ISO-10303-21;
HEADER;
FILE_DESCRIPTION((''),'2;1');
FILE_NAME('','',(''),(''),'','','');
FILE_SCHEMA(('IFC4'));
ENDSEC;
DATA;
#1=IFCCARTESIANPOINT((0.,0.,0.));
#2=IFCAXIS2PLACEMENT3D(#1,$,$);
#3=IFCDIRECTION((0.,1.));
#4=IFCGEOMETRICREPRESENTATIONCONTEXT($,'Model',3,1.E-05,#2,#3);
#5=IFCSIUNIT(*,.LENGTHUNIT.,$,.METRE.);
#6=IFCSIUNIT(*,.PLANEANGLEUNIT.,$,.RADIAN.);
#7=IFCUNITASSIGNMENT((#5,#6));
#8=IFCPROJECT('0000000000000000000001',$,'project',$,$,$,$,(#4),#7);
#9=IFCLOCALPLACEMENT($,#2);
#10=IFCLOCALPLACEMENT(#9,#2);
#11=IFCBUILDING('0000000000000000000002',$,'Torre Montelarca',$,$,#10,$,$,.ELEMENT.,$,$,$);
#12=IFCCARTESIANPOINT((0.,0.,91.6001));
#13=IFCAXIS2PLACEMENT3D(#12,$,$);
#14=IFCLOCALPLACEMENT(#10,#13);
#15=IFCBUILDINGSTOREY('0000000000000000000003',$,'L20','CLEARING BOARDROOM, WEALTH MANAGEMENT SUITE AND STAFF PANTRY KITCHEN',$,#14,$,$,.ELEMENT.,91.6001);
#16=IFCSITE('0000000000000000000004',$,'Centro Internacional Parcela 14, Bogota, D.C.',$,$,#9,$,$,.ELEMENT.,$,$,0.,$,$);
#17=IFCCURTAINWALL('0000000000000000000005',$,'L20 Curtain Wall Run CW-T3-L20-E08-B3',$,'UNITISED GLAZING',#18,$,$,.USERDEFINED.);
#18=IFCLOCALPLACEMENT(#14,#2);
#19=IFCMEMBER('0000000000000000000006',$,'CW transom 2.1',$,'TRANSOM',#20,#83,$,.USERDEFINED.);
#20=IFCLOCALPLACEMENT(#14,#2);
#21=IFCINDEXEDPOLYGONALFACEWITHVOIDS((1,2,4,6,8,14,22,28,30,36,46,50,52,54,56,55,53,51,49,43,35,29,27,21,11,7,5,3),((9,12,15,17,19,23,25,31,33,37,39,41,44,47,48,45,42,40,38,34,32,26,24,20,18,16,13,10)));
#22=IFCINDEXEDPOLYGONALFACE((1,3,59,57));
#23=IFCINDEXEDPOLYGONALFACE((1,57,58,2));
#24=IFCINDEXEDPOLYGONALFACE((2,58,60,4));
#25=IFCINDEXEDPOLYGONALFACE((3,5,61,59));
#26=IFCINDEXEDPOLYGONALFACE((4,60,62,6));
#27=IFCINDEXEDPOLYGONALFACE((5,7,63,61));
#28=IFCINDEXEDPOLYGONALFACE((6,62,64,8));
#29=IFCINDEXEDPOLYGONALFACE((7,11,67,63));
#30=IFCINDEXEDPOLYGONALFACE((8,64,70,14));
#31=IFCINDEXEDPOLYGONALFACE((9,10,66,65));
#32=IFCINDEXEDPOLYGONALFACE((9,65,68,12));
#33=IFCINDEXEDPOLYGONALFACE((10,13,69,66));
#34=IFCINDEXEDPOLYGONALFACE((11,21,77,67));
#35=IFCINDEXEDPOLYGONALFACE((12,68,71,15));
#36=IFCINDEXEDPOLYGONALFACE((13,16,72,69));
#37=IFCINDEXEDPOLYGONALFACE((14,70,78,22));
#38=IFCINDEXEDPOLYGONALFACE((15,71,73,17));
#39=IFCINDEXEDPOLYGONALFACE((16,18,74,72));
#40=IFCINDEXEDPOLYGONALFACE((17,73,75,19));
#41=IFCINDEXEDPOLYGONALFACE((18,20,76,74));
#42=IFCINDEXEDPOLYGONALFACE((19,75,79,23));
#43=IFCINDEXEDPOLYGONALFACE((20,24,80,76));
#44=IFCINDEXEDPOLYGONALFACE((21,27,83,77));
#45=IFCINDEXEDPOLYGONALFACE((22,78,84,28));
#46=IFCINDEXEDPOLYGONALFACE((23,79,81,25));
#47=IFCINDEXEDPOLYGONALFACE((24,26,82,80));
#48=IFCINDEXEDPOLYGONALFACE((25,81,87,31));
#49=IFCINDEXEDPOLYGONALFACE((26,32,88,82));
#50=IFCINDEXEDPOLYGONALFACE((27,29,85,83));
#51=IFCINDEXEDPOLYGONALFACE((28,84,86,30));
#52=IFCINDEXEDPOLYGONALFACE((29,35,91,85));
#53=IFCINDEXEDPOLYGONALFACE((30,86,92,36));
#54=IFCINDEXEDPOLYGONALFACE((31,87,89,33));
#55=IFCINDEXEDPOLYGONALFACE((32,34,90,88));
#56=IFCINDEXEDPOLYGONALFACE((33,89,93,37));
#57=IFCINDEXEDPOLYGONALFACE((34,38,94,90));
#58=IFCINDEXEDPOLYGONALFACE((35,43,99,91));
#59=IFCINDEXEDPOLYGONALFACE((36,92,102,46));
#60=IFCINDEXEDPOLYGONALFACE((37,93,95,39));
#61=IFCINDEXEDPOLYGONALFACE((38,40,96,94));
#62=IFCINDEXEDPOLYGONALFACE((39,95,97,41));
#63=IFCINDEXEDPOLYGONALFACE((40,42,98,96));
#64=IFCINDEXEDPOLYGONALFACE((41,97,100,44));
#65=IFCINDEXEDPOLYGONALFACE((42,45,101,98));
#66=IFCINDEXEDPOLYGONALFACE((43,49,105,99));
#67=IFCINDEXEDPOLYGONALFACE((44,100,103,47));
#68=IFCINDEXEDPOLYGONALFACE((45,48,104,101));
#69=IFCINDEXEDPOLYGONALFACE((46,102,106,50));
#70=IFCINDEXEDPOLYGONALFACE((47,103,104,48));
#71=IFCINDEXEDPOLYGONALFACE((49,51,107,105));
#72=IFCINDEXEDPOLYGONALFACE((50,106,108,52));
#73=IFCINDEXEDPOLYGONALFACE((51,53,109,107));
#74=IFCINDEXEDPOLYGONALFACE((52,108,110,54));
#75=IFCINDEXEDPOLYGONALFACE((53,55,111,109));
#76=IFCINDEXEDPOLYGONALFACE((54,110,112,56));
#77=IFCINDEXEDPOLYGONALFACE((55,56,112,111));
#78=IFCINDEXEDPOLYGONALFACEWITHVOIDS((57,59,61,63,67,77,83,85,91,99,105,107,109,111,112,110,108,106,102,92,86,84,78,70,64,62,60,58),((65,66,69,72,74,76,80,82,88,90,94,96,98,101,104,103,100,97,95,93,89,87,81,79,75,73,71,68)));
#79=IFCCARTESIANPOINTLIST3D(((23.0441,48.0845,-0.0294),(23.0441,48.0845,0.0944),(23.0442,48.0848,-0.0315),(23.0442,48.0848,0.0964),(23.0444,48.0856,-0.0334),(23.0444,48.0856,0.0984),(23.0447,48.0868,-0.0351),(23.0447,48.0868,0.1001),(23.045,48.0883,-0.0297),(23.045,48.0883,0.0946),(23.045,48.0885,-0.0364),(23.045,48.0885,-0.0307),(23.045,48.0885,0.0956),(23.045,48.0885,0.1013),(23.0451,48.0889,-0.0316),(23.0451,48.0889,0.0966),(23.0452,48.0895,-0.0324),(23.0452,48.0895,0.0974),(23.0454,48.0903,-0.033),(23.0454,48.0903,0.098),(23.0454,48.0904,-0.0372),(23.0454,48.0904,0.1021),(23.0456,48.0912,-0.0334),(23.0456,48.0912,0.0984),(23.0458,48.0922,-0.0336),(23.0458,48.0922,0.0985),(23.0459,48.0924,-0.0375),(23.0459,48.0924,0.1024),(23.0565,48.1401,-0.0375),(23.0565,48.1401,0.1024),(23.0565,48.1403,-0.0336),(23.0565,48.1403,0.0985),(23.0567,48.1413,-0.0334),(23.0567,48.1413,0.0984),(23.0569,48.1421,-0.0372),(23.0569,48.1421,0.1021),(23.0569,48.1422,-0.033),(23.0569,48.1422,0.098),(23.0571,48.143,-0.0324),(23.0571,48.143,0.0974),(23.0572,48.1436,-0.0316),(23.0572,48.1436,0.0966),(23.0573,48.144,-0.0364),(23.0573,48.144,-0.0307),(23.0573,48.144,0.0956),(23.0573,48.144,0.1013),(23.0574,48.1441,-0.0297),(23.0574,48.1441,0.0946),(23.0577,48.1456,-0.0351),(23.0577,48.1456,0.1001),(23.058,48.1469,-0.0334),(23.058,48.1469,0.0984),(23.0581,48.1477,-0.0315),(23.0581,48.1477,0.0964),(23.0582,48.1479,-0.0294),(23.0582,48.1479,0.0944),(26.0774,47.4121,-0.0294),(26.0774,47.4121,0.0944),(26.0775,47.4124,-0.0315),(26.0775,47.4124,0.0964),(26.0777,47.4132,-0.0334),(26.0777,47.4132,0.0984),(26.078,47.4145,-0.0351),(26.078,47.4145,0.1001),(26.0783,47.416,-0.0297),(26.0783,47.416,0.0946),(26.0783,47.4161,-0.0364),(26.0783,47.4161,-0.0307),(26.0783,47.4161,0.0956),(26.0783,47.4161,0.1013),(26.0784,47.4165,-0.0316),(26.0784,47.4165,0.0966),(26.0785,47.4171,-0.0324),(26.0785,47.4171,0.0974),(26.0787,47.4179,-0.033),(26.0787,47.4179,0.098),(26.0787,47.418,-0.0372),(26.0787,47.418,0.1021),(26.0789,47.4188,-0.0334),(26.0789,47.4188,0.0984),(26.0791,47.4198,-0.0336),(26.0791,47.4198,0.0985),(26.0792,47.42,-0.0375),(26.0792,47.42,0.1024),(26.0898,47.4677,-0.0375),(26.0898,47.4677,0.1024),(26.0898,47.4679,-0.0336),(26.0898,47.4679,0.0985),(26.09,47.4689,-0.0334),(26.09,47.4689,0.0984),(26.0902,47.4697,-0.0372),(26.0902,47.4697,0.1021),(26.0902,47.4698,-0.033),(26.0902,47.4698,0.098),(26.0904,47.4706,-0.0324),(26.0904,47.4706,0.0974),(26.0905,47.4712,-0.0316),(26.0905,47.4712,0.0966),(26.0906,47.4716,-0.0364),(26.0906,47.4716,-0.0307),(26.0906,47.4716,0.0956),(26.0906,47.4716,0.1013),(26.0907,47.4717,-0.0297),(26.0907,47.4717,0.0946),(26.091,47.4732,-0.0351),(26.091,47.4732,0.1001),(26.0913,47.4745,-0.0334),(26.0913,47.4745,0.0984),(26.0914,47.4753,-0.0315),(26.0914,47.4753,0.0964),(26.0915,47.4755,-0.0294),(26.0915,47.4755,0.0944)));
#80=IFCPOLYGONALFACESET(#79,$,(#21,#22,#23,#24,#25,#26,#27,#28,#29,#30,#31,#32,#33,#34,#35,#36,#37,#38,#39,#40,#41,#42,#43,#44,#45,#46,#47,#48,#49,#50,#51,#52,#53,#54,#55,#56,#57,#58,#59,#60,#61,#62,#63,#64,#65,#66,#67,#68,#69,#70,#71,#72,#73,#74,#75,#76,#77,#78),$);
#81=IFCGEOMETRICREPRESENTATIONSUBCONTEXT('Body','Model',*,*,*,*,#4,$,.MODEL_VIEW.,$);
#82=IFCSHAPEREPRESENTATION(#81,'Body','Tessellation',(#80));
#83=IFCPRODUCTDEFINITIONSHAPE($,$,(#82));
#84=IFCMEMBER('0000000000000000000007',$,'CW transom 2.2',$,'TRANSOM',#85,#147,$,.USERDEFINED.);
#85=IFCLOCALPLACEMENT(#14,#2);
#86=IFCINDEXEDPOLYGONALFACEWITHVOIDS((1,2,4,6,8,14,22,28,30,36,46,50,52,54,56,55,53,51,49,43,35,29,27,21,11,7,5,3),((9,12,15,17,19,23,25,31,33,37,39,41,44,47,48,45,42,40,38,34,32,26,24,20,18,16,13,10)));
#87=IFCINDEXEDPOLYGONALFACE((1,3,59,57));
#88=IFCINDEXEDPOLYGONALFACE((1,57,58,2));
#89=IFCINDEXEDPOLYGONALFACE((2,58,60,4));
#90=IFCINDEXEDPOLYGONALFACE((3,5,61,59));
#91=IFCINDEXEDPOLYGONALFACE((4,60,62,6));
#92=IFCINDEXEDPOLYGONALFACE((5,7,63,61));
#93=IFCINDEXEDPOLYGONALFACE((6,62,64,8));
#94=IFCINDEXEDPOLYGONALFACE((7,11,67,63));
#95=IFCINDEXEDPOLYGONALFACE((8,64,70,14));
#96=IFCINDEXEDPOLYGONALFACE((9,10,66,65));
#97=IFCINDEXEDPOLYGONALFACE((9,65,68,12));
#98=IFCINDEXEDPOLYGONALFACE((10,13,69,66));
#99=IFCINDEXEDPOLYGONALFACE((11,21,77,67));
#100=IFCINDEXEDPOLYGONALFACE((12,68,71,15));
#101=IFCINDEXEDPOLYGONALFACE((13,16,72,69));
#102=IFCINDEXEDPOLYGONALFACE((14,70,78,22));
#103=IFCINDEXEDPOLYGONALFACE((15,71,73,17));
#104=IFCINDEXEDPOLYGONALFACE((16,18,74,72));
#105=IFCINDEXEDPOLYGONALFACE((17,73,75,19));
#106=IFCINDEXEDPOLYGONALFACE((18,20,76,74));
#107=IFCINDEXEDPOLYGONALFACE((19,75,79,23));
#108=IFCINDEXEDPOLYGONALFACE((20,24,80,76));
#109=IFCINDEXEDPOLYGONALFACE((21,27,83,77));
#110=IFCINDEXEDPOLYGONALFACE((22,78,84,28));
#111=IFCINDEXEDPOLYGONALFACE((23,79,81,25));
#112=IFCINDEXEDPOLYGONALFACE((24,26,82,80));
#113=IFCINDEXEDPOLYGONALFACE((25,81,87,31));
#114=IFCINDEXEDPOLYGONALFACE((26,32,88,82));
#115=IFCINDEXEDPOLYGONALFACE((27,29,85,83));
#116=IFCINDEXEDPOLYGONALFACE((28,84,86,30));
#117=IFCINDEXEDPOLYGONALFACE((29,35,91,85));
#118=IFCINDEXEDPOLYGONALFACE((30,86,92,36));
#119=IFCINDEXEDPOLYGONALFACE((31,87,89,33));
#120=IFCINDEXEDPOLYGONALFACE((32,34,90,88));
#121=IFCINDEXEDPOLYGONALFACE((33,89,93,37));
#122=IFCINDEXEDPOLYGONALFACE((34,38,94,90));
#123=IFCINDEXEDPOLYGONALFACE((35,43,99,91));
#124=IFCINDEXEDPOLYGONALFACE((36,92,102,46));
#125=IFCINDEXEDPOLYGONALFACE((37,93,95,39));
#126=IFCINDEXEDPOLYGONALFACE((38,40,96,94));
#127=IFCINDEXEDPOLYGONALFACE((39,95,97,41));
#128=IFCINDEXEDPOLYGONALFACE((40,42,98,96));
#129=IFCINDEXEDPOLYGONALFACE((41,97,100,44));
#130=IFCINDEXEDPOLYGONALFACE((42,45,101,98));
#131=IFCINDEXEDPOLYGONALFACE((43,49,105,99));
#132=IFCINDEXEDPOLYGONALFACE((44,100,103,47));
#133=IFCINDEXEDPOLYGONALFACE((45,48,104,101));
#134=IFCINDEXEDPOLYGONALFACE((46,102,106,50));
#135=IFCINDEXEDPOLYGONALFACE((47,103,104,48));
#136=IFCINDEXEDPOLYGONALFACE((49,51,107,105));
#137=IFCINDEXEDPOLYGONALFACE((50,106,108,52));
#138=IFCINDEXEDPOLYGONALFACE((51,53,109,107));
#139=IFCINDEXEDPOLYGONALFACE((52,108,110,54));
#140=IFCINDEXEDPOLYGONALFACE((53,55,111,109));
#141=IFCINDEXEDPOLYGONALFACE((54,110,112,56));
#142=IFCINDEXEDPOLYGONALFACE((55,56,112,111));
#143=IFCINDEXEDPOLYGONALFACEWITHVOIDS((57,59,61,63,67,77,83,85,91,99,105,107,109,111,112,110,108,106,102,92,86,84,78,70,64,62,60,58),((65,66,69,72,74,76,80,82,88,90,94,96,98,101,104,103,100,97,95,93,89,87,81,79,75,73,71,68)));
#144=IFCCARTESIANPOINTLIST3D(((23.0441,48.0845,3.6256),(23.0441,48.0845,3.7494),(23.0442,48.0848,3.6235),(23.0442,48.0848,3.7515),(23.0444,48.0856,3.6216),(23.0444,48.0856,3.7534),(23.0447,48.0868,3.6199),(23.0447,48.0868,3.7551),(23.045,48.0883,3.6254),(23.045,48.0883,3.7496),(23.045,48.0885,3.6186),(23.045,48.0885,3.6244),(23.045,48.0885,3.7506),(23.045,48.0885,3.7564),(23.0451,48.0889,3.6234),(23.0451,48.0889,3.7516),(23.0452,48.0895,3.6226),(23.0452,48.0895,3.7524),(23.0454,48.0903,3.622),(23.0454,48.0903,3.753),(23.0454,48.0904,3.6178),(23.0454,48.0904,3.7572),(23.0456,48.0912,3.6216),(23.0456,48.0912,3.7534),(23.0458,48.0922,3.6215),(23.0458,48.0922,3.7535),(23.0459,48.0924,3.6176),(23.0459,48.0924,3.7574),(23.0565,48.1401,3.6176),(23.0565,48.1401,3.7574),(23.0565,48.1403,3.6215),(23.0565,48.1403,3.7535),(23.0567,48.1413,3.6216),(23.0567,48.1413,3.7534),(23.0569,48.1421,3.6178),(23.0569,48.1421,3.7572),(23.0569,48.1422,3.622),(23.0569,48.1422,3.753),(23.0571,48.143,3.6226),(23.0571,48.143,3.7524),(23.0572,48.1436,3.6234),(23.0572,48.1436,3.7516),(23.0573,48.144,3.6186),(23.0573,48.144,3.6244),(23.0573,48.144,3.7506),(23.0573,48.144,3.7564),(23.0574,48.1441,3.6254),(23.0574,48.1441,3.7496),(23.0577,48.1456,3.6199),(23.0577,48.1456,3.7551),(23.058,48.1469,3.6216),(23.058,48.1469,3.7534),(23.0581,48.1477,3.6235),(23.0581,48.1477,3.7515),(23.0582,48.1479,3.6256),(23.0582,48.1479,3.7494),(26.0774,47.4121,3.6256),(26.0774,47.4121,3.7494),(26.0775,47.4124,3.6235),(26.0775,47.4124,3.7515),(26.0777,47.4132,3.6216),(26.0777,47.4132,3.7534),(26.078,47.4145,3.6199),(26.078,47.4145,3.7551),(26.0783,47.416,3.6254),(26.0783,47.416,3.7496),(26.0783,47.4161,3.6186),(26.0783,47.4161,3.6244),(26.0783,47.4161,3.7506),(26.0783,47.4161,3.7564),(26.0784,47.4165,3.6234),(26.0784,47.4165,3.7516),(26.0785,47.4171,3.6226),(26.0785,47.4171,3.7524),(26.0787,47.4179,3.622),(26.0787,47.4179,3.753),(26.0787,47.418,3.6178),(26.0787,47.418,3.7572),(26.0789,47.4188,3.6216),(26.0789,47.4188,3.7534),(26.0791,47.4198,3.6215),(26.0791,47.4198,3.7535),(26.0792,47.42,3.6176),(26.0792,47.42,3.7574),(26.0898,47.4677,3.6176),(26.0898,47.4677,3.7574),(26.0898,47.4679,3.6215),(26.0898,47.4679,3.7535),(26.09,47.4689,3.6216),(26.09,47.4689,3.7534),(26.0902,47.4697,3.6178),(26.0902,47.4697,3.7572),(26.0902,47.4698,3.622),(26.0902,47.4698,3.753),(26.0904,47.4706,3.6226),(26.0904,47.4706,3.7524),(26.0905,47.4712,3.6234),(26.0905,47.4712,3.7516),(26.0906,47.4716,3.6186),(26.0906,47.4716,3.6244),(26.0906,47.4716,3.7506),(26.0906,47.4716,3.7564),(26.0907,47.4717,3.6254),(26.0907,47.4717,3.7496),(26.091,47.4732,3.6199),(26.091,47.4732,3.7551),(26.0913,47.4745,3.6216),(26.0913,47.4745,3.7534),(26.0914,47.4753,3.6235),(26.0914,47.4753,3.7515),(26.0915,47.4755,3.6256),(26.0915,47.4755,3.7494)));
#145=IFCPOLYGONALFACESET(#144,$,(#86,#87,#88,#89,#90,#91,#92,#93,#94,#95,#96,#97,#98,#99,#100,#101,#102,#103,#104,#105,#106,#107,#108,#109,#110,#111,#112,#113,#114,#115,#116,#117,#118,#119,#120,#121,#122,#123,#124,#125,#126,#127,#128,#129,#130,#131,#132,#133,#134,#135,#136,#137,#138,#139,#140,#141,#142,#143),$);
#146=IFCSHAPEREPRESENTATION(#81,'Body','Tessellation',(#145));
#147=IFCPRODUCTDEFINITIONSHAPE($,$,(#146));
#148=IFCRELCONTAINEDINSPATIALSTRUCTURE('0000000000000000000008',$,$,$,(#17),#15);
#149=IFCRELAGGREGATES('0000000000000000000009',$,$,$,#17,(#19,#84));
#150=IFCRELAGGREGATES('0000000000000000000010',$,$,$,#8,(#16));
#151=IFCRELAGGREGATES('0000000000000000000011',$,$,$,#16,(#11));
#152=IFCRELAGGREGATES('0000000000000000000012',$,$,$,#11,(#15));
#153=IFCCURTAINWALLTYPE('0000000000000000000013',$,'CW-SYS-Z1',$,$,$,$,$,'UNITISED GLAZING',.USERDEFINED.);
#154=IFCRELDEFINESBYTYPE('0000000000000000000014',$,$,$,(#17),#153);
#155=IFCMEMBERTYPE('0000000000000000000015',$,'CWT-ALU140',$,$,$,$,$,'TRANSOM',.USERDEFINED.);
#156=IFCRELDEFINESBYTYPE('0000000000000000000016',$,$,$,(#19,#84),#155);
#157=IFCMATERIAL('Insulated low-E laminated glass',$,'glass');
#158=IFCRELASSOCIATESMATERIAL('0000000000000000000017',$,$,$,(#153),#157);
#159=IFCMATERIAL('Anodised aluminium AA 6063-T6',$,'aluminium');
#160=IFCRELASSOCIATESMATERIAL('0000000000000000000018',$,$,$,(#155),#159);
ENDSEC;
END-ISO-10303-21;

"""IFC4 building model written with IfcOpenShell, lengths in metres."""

from ifc_helpers import new_model, si_unit, direction, frame, origin, origin_2d, place, context, subcontext, project, spatial, hollow_rectangle, extrude, source, transform, mapped, material, material_profile, profile_set, type_object, element, aggregate, save


model = new_model("IFC4")

# Units and contexts
model_context = context("Model", 3, precision=1e-05, world=origin(), true_north=direction((0.0, 1.0)))
body_context = subcontext(model_context, "Body", "Model", "MODEL_VIEW")
ifc_project = project(units=[si_unit("LENGTHUNIT", "METRE"), si_unit("PLANEANGLEUNIT", "RADIAN")], contexts=[model_context])

# Site, building, storey
site_placement = place(None, origin())
site = spatial("IfcSite", under=ifc_project, at=site_placement, Name="Centro Internacional Parcela 14, Bogota, D.C.", CompositionType="ELEMENT", RefElevation=0.0)
building_placement = place(site_placement, origin())
building = spatial("IfcBuilding", under=site, at=building_placement, Name="Torre Montelarca", CompositionType="ELEMENT")
storey_placement = place(building_placement, frame((0.0, 0.0, 91.6001)))
storey = spatial("IfcBuildingStorey", under=building, at=storey_placement, Name="L20", Description="CLEARING BOARDROOM, WEALTH MANAGEMENT SUITE AND STAFF PANTRY KITCHEN", CompositionType="ELEMENT", Elevation=91.6001)

# Curtain wall, members
ifc_material_1 = material(Name="Insulated low-E laminated glass", Category="glass")
curtain_wall_type = type_object("IfcCurtainWallType", Name="CW-SYS-Z1", ElementType="UNITISED GLAZING", PredefinedType="USERDEFINED", material=ifc_material_1)
ifc_material_2 = material(Name="Anodised aluminium AA 6063-T6", Category="aluminium")
ifc_material_profile_1 = material_profile(ifc_material_2, hollow_rectangle(XDim=0.0649, YDim=0.1399, WallThickness=0.0039, InnerFilletRadius=0.0039, OuterFilletRadius=0.0081, at=origin_2d()), Name="ALU65X140X4", Category="aluminium")
ifc_profile_set_1 = profile_set([ifc_material_profile_1], Name="Anodised aluminium AA 6063-T6")
member_type_1 = type_object("IfcMemberType", Name="CWT-ALU140", ElementType="TRANSOM", PredefinedType="USERDEFINED", material=ifc_profile_set_1)
curtain_wall_1_placement = place(storey_placement, origin())
curtain_wall_1 = element("IfcCurtainWall", 1, at=curtain_wall_1_placement, inside=storey, type_object=curtain_wall_type, Name="L20 Curtain Wall Run CW-T3-L20-E08-B3", ObjectType="UNITISED GLAZING", PredefinedType="USERDEFINED")
shared_shape_1 = source(origin(), body_context, "Body", "SweptSolid", [
    extrude(hollow_rectangle(XDim=0.0649, YDim=0.1399, WallThickness=0.0039, InnerFilletRadius=0.0039, OuterFilletRadius=0.0081, at=origin_2d()), origin(), (0.0, 0.0, 1.0), 3.1069),
])
member_1_placement = place(storey_placement, frame((26.0845, 47.4438, 0.0325), z_axis=(-0.976302, 0.216415, 0.0), x_axis=(-0.216415, -0.976302, 0.0)))
member_1 = element("IfcMember", 2, at=member_1_placement, type_object=member_type_1, Name="CW transom 2.1", ObjectType="TRANSOM", PredefinedType="USERDEFINED", context=body_context, shape_type="MappedRepresentation", body=[
    mapped(shared_shape_1, transform((0.0, 0.0, 0.0), scale=1.0)),
])
member_2_placement = place(storey_placement, frame((26.0845, 47.4438, 3.6875), z_axis=(-0.976302, 0.216415, 0.0), x_axis=(-0.216415, -0.976302, 0.0)))
member_2 = element("IfcMember", 3, at=member_2_placement, type_object=member_type_1, Name="CW transom 2.2", ObjectType="TRANSOM", PredefinedType="USERDEFINED", context=body_context, shape_type="MappedRepresentation", body=[
    mapped(shared_shape_1, transform((0.0, 0.0, 0.0), scale=1.0)),
])

aggregate(curtain_wall_1, [member_1, member_2])

save(model, "model.ifc")
